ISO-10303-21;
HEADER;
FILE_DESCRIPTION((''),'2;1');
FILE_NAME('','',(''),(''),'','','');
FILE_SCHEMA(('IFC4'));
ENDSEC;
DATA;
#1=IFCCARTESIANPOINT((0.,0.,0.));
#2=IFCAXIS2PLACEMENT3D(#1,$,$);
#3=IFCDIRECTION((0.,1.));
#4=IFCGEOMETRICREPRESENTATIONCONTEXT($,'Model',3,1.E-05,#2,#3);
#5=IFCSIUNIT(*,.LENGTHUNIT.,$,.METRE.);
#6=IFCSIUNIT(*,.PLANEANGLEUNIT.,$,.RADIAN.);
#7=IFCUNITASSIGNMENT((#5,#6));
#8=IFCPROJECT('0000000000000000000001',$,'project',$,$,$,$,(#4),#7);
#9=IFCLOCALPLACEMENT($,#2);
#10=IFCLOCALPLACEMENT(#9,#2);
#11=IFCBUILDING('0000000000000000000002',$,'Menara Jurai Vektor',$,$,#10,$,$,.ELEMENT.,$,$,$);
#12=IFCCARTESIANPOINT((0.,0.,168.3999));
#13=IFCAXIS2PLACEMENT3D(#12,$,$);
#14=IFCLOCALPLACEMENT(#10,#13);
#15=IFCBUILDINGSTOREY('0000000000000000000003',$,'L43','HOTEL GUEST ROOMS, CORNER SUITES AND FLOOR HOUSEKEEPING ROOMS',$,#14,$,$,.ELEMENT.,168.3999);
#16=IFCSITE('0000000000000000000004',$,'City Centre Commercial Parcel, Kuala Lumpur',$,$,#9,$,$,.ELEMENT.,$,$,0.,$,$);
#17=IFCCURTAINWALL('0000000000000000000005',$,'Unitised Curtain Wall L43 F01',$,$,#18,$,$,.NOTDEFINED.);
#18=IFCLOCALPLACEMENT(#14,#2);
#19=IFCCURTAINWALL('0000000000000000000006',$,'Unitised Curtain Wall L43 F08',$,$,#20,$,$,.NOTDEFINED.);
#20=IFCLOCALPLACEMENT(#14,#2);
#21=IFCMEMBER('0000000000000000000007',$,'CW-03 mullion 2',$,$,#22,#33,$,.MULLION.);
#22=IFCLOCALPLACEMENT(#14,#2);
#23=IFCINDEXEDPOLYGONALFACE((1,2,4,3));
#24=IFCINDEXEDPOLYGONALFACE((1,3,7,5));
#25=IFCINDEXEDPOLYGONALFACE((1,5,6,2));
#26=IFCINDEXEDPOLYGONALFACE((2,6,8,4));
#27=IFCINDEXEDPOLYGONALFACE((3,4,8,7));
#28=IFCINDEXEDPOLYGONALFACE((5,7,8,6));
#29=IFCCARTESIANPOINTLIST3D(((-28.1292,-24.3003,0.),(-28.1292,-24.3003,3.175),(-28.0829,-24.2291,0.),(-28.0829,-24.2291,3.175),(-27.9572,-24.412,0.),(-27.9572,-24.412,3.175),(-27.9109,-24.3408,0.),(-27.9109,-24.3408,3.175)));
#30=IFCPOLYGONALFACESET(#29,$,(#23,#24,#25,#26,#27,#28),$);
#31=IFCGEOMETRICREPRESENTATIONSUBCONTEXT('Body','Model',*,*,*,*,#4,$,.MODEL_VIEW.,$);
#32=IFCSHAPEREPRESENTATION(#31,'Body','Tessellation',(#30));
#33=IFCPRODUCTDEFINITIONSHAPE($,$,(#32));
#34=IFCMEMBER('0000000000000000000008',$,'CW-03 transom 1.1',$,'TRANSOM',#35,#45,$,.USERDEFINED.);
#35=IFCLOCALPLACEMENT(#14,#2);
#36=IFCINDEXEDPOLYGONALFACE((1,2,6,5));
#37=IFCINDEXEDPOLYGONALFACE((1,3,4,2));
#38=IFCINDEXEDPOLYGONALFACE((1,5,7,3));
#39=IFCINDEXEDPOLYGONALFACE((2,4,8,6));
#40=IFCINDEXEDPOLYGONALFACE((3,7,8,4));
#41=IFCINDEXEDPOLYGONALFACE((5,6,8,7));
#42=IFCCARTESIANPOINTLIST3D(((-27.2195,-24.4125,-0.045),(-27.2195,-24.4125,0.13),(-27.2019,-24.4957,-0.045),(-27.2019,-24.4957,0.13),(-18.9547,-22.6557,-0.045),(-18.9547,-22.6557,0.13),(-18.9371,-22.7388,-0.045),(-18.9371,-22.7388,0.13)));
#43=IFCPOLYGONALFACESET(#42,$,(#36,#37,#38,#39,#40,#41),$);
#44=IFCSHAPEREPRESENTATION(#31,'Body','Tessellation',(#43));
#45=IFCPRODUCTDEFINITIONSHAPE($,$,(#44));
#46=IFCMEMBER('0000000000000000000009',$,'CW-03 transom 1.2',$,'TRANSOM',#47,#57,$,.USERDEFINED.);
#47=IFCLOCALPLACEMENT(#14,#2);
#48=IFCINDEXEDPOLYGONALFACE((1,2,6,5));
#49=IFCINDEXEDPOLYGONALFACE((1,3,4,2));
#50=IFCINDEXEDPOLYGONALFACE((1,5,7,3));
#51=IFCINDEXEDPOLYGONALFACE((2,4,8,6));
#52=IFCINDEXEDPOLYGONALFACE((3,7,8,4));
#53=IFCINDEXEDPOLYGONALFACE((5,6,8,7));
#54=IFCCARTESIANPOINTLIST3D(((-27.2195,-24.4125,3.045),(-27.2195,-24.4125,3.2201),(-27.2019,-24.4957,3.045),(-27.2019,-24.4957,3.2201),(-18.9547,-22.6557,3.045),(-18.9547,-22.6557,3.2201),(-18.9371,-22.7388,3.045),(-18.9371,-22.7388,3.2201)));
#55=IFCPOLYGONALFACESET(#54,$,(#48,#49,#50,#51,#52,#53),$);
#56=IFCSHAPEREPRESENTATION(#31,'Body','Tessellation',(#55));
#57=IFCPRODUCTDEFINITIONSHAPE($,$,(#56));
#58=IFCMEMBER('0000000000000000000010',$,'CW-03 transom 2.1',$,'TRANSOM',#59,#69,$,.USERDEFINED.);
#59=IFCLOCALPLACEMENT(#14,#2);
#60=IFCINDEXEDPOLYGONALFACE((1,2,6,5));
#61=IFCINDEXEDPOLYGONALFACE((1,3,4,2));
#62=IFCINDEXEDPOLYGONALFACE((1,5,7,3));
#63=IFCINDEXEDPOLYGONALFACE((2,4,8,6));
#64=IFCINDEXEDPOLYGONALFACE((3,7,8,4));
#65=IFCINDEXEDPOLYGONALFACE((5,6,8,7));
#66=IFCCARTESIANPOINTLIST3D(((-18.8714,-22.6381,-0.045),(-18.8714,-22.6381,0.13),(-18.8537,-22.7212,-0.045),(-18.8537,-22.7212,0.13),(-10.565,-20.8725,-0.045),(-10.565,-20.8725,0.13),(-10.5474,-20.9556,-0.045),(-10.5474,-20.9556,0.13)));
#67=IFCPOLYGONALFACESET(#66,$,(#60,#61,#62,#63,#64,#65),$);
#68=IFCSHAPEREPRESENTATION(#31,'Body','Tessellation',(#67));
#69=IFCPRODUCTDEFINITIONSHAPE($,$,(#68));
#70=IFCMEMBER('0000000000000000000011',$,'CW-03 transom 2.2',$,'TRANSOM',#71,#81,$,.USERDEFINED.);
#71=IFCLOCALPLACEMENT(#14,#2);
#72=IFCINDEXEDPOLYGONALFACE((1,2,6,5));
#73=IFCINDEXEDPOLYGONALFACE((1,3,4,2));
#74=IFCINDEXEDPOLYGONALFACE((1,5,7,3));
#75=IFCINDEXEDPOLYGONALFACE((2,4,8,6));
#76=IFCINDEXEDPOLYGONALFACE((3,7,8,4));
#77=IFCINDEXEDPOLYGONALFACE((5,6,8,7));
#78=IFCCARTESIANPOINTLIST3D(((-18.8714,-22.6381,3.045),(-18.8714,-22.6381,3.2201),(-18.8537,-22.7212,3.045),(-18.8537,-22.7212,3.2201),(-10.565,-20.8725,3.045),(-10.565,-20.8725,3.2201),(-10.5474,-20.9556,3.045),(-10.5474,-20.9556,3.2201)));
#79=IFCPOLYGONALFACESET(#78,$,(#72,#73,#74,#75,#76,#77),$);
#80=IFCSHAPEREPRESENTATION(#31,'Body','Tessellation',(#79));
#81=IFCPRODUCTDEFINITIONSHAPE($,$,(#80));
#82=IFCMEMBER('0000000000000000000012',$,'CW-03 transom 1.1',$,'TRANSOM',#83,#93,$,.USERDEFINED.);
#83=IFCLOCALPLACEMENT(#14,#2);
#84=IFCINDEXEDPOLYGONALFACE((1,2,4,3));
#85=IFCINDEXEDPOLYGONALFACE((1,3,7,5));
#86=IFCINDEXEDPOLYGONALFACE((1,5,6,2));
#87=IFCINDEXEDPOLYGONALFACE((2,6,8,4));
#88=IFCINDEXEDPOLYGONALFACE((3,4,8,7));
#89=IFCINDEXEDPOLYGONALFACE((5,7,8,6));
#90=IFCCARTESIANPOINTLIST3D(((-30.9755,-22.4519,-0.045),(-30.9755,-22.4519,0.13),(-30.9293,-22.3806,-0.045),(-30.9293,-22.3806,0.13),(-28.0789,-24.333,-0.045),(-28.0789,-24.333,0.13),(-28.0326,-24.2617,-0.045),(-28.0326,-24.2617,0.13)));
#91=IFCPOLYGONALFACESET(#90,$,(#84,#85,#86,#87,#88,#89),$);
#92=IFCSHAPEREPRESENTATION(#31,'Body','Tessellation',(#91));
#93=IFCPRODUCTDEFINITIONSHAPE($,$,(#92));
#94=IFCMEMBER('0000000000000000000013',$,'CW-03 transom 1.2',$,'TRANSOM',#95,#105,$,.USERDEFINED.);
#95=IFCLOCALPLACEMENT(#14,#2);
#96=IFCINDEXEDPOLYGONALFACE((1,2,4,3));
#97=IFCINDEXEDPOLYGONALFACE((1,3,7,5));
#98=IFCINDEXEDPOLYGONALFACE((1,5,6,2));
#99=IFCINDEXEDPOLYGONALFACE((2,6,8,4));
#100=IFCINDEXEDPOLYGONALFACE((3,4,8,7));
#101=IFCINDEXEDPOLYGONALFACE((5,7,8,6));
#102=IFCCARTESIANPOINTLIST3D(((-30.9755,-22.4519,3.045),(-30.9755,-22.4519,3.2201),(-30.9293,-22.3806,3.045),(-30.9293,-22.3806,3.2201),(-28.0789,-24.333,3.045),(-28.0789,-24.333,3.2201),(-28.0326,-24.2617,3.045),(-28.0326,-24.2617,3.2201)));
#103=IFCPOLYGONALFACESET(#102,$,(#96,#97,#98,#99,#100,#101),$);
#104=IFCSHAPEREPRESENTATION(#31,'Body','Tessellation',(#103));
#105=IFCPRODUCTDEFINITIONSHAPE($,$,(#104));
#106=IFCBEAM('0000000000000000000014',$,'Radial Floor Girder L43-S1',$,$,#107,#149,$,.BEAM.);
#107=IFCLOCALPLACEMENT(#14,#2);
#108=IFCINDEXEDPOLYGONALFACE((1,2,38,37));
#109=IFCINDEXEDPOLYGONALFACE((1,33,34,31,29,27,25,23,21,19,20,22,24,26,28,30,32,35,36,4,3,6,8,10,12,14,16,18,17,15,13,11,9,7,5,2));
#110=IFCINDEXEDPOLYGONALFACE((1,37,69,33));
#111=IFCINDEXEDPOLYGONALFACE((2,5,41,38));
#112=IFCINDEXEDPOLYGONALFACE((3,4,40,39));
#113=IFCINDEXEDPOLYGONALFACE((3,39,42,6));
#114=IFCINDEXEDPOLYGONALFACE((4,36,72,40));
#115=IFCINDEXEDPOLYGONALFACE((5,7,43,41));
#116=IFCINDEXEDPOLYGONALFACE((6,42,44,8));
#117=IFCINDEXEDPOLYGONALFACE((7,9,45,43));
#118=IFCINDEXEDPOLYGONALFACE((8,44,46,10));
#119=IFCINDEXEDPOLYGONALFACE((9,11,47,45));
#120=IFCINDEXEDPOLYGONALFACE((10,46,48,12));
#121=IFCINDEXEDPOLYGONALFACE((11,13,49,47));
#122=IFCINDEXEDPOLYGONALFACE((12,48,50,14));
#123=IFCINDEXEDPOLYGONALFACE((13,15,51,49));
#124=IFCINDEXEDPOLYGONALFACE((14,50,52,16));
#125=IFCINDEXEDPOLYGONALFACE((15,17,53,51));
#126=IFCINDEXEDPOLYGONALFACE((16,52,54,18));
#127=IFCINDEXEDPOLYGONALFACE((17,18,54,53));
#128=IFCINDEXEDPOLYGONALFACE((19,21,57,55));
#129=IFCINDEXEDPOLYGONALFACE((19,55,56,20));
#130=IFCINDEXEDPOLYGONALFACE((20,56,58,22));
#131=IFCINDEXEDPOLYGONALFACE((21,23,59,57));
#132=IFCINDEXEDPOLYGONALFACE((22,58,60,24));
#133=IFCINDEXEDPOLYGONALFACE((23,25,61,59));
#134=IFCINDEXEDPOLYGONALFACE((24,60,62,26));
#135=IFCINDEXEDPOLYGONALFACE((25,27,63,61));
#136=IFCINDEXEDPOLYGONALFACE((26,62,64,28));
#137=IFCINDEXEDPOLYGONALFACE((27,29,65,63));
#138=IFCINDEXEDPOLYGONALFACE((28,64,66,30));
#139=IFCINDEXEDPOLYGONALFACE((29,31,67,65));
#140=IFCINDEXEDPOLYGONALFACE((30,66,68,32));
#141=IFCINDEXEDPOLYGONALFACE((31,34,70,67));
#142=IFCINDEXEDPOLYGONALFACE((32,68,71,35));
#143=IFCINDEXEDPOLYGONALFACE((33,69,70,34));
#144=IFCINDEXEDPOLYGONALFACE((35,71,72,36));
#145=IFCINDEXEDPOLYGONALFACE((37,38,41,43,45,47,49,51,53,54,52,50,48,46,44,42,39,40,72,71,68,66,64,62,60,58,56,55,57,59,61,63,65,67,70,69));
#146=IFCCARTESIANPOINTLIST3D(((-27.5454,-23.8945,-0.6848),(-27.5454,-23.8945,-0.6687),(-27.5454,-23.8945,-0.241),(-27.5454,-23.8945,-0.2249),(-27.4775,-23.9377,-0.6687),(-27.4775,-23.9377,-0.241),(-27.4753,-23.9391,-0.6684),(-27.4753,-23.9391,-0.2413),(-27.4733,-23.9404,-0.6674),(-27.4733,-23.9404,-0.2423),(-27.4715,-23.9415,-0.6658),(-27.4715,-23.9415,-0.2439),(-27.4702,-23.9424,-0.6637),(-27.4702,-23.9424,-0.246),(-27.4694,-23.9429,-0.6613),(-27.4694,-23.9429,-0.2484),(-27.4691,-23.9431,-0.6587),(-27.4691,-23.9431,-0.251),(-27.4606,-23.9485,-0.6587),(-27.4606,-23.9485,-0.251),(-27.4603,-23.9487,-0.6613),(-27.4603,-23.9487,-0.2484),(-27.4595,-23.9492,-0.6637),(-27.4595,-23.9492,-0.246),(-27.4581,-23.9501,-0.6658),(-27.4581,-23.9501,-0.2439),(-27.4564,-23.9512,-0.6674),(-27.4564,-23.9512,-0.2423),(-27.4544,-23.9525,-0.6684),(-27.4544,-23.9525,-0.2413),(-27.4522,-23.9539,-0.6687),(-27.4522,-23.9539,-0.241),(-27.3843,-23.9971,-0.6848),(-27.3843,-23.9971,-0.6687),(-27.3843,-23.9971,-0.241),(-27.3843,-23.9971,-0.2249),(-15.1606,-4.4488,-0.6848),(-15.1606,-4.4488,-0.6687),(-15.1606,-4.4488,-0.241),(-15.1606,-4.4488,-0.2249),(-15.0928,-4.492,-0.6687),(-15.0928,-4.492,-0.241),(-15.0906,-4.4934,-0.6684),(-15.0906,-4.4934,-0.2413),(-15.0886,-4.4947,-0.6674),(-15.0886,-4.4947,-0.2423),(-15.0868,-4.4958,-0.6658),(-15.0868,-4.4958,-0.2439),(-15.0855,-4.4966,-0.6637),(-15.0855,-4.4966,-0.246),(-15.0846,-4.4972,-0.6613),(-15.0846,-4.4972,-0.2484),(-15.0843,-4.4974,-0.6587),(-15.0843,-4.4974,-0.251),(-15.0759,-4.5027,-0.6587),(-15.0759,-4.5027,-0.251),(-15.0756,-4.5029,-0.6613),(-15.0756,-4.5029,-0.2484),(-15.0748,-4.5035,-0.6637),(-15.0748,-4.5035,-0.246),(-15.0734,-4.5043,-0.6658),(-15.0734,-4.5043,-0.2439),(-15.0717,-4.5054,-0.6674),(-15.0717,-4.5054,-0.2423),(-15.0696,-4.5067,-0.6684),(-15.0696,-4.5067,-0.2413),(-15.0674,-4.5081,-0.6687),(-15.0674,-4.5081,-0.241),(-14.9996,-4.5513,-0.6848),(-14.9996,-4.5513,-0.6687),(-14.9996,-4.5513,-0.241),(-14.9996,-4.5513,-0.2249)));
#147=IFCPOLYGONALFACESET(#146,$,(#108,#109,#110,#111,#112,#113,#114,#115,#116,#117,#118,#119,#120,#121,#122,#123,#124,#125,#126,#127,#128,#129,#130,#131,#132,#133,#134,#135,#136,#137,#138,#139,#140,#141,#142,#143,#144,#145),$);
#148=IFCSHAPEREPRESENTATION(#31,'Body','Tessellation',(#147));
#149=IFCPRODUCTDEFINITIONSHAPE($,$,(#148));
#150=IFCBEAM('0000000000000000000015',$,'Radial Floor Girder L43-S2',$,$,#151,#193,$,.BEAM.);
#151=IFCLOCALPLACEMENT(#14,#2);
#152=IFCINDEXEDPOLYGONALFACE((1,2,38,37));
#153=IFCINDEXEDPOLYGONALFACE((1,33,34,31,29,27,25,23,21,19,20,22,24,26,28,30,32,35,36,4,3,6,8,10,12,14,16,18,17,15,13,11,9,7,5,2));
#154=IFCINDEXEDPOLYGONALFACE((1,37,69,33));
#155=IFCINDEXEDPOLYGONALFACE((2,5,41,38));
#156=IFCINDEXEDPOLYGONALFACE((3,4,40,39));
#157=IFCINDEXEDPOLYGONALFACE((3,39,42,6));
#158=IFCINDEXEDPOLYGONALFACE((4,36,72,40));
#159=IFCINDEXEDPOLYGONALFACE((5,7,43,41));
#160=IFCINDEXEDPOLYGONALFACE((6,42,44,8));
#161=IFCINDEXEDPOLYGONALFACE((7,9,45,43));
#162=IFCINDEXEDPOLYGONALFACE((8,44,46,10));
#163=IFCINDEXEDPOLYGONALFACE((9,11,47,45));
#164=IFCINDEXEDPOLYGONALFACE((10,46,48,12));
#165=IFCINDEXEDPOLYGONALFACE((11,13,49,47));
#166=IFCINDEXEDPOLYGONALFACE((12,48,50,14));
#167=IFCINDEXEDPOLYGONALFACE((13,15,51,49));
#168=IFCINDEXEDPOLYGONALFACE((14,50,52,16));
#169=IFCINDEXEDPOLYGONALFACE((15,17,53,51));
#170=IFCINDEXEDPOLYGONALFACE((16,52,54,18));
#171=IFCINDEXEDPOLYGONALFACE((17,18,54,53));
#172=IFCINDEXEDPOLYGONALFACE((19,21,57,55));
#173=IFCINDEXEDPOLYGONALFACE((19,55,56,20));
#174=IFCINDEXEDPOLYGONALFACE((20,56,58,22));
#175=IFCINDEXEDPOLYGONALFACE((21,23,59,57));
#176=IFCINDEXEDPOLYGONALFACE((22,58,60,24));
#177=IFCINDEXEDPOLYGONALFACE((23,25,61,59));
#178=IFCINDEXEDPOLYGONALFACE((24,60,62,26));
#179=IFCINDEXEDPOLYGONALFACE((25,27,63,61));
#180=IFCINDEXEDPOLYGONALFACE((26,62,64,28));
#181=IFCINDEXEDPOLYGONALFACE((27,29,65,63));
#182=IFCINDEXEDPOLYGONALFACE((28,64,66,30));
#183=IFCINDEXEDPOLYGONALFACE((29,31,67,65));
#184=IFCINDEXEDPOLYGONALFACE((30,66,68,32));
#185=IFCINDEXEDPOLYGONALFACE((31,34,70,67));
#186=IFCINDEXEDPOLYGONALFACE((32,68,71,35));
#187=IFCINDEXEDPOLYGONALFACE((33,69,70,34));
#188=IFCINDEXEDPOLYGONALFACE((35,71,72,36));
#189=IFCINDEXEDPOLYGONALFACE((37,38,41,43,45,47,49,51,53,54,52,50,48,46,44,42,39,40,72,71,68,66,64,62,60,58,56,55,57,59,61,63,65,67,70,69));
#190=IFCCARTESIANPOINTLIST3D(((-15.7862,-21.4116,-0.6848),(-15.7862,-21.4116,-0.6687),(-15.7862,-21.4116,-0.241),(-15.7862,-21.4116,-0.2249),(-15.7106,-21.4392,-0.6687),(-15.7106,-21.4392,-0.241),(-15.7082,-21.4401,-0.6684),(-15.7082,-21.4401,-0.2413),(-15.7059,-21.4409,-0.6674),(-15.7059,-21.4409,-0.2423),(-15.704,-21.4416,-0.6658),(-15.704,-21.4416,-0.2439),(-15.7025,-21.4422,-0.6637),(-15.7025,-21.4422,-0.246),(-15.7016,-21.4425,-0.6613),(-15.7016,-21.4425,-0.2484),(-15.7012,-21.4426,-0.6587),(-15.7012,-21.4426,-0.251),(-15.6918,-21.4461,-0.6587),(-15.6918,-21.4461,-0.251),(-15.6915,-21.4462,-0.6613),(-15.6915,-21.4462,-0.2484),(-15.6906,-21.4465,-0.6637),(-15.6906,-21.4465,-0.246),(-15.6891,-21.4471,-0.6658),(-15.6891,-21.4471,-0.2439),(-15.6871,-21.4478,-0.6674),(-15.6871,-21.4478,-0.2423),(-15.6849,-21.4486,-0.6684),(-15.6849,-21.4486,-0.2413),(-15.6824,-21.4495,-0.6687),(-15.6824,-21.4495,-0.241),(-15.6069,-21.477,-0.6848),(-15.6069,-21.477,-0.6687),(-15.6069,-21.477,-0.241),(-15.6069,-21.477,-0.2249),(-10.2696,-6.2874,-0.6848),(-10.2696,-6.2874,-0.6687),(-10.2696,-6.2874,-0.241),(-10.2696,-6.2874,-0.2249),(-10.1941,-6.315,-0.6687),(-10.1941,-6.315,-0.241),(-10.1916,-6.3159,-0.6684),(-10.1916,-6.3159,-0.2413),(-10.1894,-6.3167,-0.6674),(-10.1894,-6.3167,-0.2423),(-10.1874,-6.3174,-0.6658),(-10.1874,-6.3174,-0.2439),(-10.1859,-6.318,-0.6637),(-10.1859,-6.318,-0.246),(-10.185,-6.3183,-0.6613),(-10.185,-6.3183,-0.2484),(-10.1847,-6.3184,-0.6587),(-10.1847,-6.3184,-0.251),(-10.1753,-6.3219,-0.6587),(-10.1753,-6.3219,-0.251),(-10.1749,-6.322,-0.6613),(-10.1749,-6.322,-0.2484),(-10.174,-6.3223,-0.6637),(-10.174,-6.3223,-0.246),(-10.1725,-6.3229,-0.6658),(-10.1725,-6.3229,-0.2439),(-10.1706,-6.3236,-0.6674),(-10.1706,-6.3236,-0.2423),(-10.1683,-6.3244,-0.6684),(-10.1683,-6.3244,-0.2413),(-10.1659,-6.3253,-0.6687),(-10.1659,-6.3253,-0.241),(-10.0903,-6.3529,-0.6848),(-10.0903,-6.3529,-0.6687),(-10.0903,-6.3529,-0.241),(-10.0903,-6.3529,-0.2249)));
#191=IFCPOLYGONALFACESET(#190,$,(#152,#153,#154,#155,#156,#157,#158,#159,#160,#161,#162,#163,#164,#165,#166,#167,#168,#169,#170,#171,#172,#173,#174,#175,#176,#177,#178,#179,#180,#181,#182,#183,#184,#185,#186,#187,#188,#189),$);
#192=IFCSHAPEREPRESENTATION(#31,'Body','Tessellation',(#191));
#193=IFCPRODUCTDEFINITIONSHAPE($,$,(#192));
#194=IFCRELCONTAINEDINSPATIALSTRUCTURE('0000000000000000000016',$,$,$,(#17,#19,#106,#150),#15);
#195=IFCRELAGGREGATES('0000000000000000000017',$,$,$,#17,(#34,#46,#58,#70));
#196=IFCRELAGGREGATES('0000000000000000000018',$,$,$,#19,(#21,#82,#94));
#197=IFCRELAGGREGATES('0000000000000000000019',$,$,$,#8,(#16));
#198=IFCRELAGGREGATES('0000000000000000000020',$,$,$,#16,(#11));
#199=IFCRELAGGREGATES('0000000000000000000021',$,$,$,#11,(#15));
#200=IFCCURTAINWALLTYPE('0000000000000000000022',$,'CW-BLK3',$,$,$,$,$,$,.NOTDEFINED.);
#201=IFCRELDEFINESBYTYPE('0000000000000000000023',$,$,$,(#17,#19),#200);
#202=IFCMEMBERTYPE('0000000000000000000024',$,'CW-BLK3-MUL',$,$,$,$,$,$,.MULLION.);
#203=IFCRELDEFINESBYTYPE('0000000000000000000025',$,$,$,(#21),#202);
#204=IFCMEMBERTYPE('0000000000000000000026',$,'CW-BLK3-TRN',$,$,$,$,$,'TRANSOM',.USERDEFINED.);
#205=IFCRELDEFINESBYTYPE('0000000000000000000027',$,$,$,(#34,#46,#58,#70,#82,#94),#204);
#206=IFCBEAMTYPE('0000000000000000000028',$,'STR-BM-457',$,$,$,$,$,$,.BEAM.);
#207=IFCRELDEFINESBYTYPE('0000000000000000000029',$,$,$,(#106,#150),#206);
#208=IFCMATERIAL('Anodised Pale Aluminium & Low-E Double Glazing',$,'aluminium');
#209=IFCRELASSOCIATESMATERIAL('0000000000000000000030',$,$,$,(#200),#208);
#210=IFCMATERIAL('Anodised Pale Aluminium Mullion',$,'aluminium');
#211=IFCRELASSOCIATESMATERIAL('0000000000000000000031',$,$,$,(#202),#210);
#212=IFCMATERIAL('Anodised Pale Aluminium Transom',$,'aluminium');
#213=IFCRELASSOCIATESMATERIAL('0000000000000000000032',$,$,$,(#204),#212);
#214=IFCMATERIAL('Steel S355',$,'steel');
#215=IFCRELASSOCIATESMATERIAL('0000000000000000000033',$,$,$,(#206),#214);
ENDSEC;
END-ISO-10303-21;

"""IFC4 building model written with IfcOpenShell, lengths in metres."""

from ifc_helpers import new_model, si_unit, direction, frame, origin, origin_2d, place, context, subcontext, project, spatial, rectangle, i_section, extrude, material, material_profile, profile_set, type_object, element, aggregate, save


model = new_model("IFC4")

# Units and contexts
model_context = context("Model", 3, precision=1e-05, world=origin(), true_north=direction((0.0, 1.0)))
body_context = subcontext(model_context, "Body", "Model", "MODEL_VIEW")
ifc_project = project(units=[si_unit("LENGTHUNIT", "METRE"), si_unit("PLANEANGLEUNIT", "RADIAN")], contexts=[model_context])

# Site, building, storey
site_placement = place(None, origin())
site = spatial("IfcSite", under=ifc_project, at=site_placement, Name="City Centre Commercial Parcel, Kuala Lumpur", CompositionType="ELEMENT", RefElevation=0.0)
building_placement = place(site_placement, origin())
building = spatial("IfcBuilding", under=site, at=building_placement, Name="Menara Jurai Vektor", CompositionType="ELEMENT")
storey_placement = place(building_placement, frame((0.0, 0.0, 168.3999)))
storey = spatial("IfcBuildingStorey", under=building, at=storey_placement, Name="L43", Description="HOTEL GUEST ROOMS, CORNER SUITES AND FLOOR HOUSEKEEPING ROOMS", CompositionType="ELEMENT", Elevation=168.3999)

# Curtain wall
ifc_material_1 = material(Name="Anodised Pale Aluminium & Low-E Double Glazing", Category="aluminium")
curtain_wall_type = type_object("IfcCurtainWallType", Name="CW-BLK3", PredefinedType="NOTDEFINED", material=ifc_material_1)
curtain_wall_1_placement = place(storey_placement, origin())
curtain_wall_1 = element("IfcCurtainWall", 1, at=curtain_wall_1_placement, inside=storey, type_object=curtain_wall_type, Name="Unitised Curtain Wall L43 F01", PredefinedType="NOTDEFINED")
ifc_material_2 = material(Name="Anodised Pale Aluminium Mullion", Category="aluminium")
ifc_material_profile_1 = material_profile(ifc_material_2, rectangle(XDim=0.085, YDim=0.2051, at=origin_2d()), Name="ALU MUL 85x205")
ifc_profile_set_1 = profile_set([ifc_material_profile_1], Name="Anodised Pale Aluminium Mullion")
member_type_1 = type_object("IfcMemberType", Name="CW-BLK3-MUL", PredefinedType="MULLION", material=ifc_profile_set_1)

# Curtain wall, member
curtain_wall_2_placement = place(storey_placement, origin())
curtain_wall_2 = element("IfcCurtainWall", 2, at=curtain_wall_2_placement, inside=storey, type_object=curtain_wall_type, Name="Unitised Curtain Wall L43 F08", PredefinedType="NOTDEFINED")
member_1_placement = place(storey_placement, frame((-28.02, -24.3206, 0.0), z_axis=(0.0, 0.0, 1.0), x_axis=(0.544618, 0.838684, 0.0)))
member_1 = element("IfcMember", 3, at=member_1_placement, type_object=member_type_1, Name="CW-03 mullion 2", PredefinedType="MULLION", context=body_context, shape_type="SweptSolid", body=[
    extrude(rectangle(XDim=0.085, YDim=0.2051, at=origin_2d()), origin(), (0.0, 0.0, 1.0), 3.175),
])

# Members
ifc_material_3 = material(Name="Anodised Pale Aluminium Transom", Category="aluminium")
ifc_material_profile_2 = material_profile(ifc_material_3, rectangle(XDim=0.085, YDim=0.175, at=origin_2d()), Name="ALU TRN 85x175")
ifc_profile_set_2 = profile_set([ifc_material_profile_2], Name="Anodised Pale Aluminium Transom")
member_type_2 = type_object("IfcMemberType", Name="CW-BLK3-TRN", ElementType="TRANSOM", PredefinedType="USERDEFINED", material=ifc_profile_set_2)
member_2_placement = place(storey_placement, frame((-27.2107, -24.4541, 0.0425), z_axis=(0.978146, 0.207921, 0.0), x_axis=(-0.207921, 0.978146, 0.0)))
member_2 = element("IfcMember", 4, at=member_2_placement, type_object=member_type_2, Name="CW-03 transom 1.1", ObjectType="TRANSOM", PredefinedType="USERDEFINED", context=body_context, shape_type="SweptSolid", body=[
    extrude(rectangle(XDim=0.085, YDim=0.175, at=origin_2d()), origin(), (0.0, 0.0, 1.0), 8.4495),
])
member_3_placement = place(storey_placement, frame((-27.2107, -24.4541, 3.1326), z_axis=(0.978146, 0.207921, 0.0), x_axis=(-0.207921, 0.978146, 0.0)))
member_3 = element("IfcMember", 5, at=member_3_placement, type_object=member_type_2, Name="CW-03 transom 1.2", ObjectType="TRANSOM", PredefinedType="USERDEFINED", context=body_context, shape_type="SweptSolid", body=[
    extrude(rectangle(XDim=0.085, YDim=0.175, at=origin_2d()), origin(), (0.0, 0.0, 1.0), 8.4495),
])
member_4_placement = place(storey_placement, frame((-18.8625, -22.6797, 0.0425), z_axis=(0.978147, 0.207917, 0.0), x_axis=(-0.207917, 0.978147, 0.0)))
member_4 = element("IfcMember", 6, at=member_4_placement, type_object=member_type_2, Name="CW-03 transom 2.1", ObjectType="TRANSOM", PredefinedType="USERDEFINED", context=body_context, shape_type="SweptSolid", body=[
    extrude(rectangle(XDim=0.085, YDim=0.175, at=origin_2d()), origin(), (0.0, 0.0, 1.0), 8.4919),
])
member_5_placement = place(storey_placement, frame((-18.8625, -22.6797, 3.1326), z_axis=(0.978147, 0.207917, 0.0), x_axis=(-0.207917, 0.978147, 0.0)))
member_5 = element("IfcMember", 7, at=member_5_placement, type_object=member_type_2, Name="CW-03 transom 2.2", ObjectType="TRANSOM", PredefinedType="USERDEFINED", context=body_context, shape_type="SweptSolid", body=[
    extrude(rectangle(XDim=0.085, YDim=0.175, at=origin_2d()), origin(), (0.0, 0.0, 1.0), 8.4919),
])
member_6_placement = place(storey_placement, frame((-30.9524, -22.4163, 0.0425), z_axis=(0.838678, -0.544628, 0.0), x_axis=(0.544628, 0.838678, 0.0)))
member_6 = element("IfcMember", 8, at=member_6_placement, type_object=member_type_2, Name="CW-03 transom 1.1", ObjectType="TRANSOM", PredefinedType="USERDEFINED", context=body_context, shape_type="SweptSolid", body=[
    extrude(rectangle(XDim=0.085, YDim=0.175, at=origin_2d()), origin(), (0.0, 0.0, 1.0), 3.4539),
])
member_7_placement = place(storey_placement, frame((-30.9524, -22.4163, 3.1326), z_axis=(0.838678, -0.544628, 0.0), x_axis=(0.544628, 0.838678, 0.0)))
member_7 = element("IfcMember", 9, at=member_7_placement, type_object=member_type_2, Name="CW-03 transom 1.2", ObjectType="TRANSOM", PredefinedType="USERDEFINED", context=body_context, shape_type="SweptSolid", body=[
    extrude(rectangle(XDim=0.085, YDim=0.175, at=origin_2d()), origin(), (0.0, 0.0, 1.0), 3.4539),
])

# Beams
ifc_material_4 = material(Name="Steel S355", Category="steel")
ifc_material_profile_3 = material_profile(ifc_material_4, i_section(OverallWidth=0.1909, OverallDepth=0.46, WebThickness=0.01, FlangeThickness=0.0161, FilletRadius=0.01, at=origin_2d()), Name="UKB 457x191x82")
ifc_profile_set_3 = profile_set([ifc_material_profile_3], Name="Steel S355")
beam_type_1 = type_object("IfcBeamType", Name="STR-BM-457", PredefinedType="BEAM", material=ifc_profile_set_3)
beam_1_placement = place(storey_placement, frame((-27.4648, -23.9458, -0.4548), z_axis=(0.537189, 0.843462, 0.0), x_axis=(-0.843462, 0.537189, 0.0)))
element("IfcBeam", 10, at=beam_1_placement, inside=storey, type_object=beam_type_1, Name="Radial Floor Girder L43-S1", PredefinedType="BEAM", context=body_context, shape_type="SweptSolid", body=[
    extrude(i_section(OverallWidth=0.1909, OverallDepth=0.46, WebThickness=0.01, FlangeThickness=0.0161, FilletRadius=0.01, at=origin_2d()), origin(), (0.0, 0.0, 1.0), 23.0547),
])
beam_2_placement = place(storey_placement, frame((-15.6965, -21.4443, -0.4548), z_axis=(0.342668, 0.939456, 0.0), x_axis=(-0.939456, 0.342668, 0.0)))
element("IfcBeam", 11, at=beam_2_placement, inside=storey, type_object=beam_type_1, Name="Radial Floor Girder L43-S2", PredefinedType="BEAM", context=body_context, shape_type="SweptSolid", body=[
    extrude(i_section(OverallWidth=0.1909, OverallDepth=0.46, WebThickness=0.01, FlangeThickness=0.0161, FilletRadius=0.01, at=origin_2d()), origin(), (0.0, 0.0, 1.0), 16.0989),
])

aggregate(curtain_wall_1, [member_2, member_3, member_4, member_5])
aggregate(curtain_wall_2, [member_1, member_6, member_7])

save(model, "model.ifc")
